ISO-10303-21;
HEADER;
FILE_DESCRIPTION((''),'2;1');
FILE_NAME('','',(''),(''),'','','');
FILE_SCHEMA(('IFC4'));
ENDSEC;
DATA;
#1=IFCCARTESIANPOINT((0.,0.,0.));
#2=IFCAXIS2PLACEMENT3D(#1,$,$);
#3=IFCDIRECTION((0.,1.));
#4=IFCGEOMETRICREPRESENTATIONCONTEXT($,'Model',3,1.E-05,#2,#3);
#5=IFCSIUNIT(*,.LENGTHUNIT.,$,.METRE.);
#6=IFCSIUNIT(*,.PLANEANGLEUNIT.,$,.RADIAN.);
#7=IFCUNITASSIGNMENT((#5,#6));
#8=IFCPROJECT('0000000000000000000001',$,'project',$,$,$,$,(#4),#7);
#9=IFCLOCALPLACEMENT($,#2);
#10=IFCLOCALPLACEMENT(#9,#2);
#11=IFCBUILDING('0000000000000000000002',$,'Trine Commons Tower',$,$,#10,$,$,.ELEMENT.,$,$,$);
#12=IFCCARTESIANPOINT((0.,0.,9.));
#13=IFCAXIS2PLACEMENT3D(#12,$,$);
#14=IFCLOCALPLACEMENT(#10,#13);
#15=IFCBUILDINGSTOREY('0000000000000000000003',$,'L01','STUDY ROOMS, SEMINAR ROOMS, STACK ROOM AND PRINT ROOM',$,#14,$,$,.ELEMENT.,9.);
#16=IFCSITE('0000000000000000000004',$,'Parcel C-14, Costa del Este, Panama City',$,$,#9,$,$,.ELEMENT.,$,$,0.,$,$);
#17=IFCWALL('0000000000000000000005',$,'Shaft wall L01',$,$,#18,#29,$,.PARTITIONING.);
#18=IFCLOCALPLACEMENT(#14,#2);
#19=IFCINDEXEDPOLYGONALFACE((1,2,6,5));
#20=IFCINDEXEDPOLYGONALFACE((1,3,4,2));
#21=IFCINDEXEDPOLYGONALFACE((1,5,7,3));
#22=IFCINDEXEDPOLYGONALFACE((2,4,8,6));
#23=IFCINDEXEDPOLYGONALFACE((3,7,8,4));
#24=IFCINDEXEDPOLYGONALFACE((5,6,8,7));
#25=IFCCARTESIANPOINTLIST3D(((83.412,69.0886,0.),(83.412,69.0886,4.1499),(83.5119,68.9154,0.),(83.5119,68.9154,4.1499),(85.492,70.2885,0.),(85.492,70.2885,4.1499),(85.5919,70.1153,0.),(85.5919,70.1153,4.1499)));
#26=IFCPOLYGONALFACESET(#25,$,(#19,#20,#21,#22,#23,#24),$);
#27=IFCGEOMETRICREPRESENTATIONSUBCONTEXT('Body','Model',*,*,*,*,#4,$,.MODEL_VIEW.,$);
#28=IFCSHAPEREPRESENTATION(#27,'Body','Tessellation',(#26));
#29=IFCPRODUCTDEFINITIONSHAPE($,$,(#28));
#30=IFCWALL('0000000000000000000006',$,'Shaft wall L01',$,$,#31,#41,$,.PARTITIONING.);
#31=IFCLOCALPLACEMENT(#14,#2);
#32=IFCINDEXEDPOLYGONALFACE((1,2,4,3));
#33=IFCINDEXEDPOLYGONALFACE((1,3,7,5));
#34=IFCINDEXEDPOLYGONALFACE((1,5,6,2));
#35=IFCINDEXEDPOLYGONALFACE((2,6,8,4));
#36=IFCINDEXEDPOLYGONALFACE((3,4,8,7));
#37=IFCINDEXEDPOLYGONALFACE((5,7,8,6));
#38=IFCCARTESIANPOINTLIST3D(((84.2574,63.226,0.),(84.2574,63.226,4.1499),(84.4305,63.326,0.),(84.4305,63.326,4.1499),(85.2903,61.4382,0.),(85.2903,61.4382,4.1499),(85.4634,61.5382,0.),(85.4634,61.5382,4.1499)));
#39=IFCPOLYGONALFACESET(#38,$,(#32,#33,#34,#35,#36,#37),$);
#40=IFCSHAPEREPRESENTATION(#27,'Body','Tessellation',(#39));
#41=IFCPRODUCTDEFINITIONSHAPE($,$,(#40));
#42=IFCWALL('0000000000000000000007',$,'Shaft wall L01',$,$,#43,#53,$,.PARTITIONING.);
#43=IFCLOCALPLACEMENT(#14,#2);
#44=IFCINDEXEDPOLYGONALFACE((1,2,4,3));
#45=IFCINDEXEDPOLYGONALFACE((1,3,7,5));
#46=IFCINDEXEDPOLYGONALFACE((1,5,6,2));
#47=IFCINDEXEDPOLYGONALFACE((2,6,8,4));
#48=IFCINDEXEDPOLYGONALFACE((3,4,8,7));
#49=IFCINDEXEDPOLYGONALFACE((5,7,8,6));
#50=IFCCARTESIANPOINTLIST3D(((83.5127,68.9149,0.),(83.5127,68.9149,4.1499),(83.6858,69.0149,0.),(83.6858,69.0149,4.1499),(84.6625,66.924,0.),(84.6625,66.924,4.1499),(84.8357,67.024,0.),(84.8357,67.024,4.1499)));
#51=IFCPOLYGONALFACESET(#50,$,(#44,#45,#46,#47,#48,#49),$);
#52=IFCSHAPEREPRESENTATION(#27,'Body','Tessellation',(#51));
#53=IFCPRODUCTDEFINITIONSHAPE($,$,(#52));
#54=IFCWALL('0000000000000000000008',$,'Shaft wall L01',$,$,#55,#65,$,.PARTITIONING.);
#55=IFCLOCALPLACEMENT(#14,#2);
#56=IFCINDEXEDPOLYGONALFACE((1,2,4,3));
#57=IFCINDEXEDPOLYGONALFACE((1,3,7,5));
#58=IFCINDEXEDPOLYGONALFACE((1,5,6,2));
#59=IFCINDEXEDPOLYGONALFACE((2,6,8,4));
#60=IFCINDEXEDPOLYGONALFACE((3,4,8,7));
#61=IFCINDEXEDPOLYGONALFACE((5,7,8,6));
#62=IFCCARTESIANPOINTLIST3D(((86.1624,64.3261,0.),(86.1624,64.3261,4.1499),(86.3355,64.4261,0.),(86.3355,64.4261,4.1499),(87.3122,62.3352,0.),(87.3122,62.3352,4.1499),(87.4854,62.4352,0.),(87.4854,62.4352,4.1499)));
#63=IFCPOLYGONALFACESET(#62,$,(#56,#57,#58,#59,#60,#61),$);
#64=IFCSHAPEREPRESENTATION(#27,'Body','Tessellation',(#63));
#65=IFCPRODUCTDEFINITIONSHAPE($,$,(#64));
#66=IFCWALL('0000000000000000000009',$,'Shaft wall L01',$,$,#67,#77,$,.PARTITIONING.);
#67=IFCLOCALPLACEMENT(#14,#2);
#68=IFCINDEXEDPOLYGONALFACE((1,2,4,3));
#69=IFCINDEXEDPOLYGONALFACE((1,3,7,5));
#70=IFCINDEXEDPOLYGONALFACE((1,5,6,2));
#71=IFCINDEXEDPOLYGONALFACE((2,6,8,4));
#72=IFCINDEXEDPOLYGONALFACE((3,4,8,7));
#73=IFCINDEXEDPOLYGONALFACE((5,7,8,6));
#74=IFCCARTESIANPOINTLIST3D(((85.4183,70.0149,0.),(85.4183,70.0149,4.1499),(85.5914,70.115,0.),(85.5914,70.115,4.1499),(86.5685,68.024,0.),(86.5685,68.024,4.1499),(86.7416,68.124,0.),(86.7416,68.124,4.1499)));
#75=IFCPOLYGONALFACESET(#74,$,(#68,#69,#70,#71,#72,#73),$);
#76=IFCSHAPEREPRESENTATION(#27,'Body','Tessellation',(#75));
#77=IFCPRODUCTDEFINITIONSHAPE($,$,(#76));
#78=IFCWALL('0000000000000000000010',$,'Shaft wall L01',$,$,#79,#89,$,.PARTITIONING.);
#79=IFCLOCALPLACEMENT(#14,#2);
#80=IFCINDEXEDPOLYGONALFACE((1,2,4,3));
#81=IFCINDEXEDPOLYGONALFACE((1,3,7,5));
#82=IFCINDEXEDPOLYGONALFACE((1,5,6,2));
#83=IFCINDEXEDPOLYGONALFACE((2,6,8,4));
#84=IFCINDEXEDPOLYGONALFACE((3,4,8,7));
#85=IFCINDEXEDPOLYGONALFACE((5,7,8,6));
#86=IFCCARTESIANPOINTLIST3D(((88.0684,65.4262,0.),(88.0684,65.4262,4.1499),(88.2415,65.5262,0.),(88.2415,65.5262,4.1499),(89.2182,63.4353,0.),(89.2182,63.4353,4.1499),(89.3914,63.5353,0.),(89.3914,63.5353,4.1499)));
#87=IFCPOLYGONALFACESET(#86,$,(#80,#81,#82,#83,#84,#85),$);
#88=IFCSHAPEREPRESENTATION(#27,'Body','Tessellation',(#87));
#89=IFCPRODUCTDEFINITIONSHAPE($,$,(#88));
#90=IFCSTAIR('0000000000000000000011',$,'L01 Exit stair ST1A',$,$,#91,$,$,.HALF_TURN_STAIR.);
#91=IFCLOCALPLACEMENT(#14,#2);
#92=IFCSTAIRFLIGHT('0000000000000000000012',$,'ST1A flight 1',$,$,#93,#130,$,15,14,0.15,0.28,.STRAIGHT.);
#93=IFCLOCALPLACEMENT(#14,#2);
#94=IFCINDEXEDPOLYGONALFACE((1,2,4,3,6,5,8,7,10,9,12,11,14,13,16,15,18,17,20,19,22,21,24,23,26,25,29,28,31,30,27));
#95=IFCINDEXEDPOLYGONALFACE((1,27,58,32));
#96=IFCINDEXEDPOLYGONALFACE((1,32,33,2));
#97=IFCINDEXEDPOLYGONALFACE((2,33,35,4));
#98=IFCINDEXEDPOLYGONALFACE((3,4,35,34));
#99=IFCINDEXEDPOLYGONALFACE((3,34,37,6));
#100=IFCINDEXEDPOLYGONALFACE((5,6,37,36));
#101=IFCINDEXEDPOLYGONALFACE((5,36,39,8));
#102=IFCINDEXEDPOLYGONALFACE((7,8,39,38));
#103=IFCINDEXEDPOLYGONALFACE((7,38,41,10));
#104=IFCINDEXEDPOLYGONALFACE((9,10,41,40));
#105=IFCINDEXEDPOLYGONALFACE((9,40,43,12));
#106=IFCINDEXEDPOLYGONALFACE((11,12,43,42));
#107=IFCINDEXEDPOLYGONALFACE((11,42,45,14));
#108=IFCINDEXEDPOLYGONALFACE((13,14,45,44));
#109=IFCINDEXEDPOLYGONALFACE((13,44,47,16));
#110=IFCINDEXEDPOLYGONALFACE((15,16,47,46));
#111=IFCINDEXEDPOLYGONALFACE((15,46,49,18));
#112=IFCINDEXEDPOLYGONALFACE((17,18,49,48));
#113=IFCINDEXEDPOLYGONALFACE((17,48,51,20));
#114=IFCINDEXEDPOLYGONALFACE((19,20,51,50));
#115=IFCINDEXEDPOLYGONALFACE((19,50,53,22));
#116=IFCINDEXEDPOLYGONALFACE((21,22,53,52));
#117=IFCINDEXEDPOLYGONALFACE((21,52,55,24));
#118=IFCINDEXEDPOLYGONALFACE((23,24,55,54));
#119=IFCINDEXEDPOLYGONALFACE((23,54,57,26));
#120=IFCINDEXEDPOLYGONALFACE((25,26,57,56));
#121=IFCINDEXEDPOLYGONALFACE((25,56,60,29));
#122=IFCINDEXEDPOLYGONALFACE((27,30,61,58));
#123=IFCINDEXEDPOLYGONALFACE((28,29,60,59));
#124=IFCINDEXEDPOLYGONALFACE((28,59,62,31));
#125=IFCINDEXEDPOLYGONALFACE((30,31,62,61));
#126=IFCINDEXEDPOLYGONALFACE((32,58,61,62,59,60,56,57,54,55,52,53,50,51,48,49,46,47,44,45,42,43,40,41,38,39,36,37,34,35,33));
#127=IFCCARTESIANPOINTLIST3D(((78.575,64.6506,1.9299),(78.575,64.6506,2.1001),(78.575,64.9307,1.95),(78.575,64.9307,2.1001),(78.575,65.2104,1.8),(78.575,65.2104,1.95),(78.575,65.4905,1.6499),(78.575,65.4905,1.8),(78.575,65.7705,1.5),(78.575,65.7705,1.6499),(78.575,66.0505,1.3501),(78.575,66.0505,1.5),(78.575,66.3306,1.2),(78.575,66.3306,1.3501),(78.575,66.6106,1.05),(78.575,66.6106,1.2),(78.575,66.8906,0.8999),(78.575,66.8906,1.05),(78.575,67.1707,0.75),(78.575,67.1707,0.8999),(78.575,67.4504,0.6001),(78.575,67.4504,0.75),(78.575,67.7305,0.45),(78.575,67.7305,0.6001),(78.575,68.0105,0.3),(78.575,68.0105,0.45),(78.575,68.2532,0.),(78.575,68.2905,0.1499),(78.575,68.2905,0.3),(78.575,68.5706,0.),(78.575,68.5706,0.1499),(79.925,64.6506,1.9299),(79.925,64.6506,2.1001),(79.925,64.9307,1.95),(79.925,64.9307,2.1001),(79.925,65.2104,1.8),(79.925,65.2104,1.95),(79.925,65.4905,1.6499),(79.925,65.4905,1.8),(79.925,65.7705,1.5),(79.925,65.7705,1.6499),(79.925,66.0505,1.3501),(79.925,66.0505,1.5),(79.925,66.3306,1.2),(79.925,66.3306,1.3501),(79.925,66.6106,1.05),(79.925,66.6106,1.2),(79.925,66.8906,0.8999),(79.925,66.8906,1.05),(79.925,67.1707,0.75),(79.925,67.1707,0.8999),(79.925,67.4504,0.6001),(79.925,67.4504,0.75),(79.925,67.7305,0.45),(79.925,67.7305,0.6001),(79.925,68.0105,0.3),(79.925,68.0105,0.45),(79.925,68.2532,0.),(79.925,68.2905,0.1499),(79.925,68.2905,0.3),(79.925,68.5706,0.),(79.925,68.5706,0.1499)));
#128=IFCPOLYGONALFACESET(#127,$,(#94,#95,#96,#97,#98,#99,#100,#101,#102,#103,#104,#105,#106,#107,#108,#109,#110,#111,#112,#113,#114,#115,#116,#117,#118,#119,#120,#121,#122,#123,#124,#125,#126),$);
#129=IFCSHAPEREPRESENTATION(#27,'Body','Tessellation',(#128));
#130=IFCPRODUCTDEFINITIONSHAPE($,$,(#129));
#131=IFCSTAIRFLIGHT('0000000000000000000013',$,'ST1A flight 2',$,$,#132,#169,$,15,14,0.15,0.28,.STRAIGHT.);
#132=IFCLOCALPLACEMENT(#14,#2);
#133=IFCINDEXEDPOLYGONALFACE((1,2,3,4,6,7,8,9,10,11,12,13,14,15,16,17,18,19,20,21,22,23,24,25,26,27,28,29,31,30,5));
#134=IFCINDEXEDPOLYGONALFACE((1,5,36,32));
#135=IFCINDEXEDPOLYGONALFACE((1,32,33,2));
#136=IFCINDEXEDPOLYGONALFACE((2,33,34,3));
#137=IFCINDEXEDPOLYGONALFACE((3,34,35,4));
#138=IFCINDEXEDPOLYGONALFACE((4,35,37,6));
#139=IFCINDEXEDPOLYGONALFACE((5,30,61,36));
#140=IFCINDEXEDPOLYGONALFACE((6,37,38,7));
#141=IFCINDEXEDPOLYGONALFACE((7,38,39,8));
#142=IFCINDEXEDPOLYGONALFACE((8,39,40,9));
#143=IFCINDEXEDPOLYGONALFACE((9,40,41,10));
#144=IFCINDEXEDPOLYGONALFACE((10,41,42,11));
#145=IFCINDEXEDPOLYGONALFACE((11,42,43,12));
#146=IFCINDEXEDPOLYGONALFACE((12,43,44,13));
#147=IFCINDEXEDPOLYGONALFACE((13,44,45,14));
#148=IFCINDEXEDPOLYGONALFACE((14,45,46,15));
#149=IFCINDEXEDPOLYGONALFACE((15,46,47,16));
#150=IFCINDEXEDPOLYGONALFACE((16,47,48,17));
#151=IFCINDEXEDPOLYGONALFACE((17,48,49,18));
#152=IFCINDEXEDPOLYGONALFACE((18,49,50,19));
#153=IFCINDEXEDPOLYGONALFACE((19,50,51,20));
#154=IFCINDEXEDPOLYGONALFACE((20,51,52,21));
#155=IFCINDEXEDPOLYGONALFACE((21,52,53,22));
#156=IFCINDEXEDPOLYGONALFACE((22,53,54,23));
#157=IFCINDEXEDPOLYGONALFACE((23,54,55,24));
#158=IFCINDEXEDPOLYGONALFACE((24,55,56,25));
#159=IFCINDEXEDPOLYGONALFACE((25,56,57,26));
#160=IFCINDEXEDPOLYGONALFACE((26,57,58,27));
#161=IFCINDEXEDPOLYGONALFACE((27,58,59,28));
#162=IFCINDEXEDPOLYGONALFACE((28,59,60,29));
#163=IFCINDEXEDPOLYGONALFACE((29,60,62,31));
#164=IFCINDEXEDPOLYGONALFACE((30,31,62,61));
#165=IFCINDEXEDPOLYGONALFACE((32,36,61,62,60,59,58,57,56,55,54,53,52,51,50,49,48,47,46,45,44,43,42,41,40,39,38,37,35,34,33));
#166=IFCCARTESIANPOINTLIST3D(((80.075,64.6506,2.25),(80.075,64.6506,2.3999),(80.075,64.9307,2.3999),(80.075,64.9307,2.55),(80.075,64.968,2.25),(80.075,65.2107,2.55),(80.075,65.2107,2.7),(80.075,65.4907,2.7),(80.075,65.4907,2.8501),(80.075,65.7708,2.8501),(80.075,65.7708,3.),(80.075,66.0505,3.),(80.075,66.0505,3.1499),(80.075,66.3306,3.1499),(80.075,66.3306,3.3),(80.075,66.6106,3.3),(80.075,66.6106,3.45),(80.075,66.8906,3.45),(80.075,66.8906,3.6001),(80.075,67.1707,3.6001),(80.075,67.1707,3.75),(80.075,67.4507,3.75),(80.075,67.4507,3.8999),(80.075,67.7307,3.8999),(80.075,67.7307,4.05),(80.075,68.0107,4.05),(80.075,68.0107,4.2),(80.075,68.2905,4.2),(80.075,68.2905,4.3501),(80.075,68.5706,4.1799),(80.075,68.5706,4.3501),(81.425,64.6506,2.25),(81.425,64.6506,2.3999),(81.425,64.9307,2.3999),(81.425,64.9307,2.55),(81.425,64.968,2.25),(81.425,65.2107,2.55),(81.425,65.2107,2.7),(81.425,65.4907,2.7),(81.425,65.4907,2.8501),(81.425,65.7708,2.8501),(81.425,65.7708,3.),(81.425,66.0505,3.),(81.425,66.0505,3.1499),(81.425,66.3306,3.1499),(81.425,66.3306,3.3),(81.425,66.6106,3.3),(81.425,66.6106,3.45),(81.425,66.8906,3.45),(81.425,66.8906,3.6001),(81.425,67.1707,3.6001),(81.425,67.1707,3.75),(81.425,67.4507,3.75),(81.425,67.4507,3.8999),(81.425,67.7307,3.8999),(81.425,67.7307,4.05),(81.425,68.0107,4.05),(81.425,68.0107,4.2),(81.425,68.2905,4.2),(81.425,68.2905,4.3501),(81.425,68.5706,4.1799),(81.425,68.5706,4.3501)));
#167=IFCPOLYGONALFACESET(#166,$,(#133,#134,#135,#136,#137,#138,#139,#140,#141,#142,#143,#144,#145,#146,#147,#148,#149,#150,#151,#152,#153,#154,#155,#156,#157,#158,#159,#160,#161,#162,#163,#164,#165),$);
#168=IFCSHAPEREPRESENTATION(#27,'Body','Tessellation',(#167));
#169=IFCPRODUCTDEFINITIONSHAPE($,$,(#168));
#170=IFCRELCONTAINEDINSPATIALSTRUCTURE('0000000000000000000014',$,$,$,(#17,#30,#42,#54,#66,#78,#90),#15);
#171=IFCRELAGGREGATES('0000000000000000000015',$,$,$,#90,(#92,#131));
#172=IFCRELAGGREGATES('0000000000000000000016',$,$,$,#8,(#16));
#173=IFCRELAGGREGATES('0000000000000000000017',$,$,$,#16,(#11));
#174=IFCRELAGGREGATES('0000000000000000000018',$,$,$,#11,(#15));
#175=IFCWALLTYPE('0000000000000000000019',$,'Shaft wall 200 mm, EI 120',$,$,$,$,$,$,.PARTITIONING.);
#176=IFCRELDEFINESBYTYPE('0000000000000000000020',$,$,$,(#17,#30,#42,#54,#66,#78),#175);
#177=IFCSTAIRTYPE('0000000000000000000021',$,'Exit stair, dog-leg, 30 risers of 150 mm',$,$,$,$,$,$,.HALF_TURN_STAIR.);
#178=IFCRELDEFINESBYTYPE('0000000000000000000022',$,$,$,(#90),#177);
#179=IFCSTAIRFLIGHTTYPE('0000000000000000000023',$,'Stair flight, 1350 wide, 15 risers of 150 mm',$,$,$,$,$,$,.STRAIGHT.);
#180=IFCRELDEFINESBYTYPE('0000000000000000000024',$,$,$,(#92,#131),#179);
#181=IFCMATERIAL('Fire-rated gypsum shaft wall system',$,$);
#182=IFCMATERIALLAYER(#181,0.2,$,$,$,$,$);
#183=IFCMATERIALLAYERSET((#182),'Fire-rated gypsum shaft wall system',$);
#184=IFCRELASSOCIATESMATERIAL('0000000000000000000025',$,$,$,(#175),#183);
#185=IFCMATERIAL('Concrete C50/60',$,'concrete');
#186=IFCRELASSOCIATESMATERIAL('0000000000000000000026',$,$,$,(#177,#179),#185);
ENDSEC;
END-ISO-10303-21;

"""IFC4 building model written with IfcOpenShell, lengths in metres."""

from ifc_helpers import new_model, si_unit, direction, frame, frame_2d, origin, place, context, subcontext, project, spatial, polyline, rectangle, outline, extrude, material, layer, layer_set, type_object, element, aggregate, save


model = new_model("IFC4")

# Units and contexts
model_context = context("Model", 3, precision=1e-05, world=origin(), true_north=direction((0.0, 1.0)))
body_context = subcontext(model_context, "Body", "Model", "MODEL_VIEW")
ifc_project = project(units=[si_unit("LENGTHUNIT", "METRE"), si_unit("PLANEANGLEUNIT", "RADIAN")], contexts=[model_context])

# Site, building, storey
site_placement = place(None, origin())
site = spatial("IfcSite", under=ifc_project, at=site_placement, Name="Parcel C-14, Costa del Este, Panama City", CompositionType="ELEMENT", RefElevation=0.0)
building_placement = place(site_placement, origin())
building = spatial("IfcBuilding", under=site, at=building_placement, Name="Trine Commons Tower", CompositionType="ELEMENT")
storey_placement = place(building_placement, frame((0.0, 0.0, 9.0)))
storey = spatial("IfcBuildingStorey", under=building, at=storey_placement, Name="L01", Description="STUDY ROOMS, SEMINAR ROOMS, STACK ROOM AND PRINT ROOM", CompositionType="ELEMENT", Elevation=9.0)

# Shared definitions
ifc_material_1 = material(Name="Fire-rated gypsum shaft wall system")

# Walls
ifc_layer_1 = layer(ifc_material_1, 0.2)
ifc_layer_set_1 = layer_set([ifc_layer_1], Name="Fire-rated gypsum shaft wall system")
wall_type_1 = type_object("IfcWallType", Name="Shaft wall 200 mm, EI 120", PredefinedType="PARTITIONING", material=ifc_layer_set_1)
wall_1_placement = place(storey_placement, frame((83.4619, 69.002, 0.0), z_axis=(0.0, 0.0, 1.0), x_axis=(0.866203, 0.499693, 0.0)))
element("IfcWall", 1, at=wall_1_placement, inside=storey, type_object=wall_type_1, Name="Shaft wall L01", PredefinedType="PARTITIONING", context=body_context, shape_type="SweptSolid", body=[
    extrude(rectangle(XDim=2.4014, YDim=0.2, at=frame_2d((1.2007, 0.0))), origin(), (0.0, 0.0, 1.0), 4.1499),
])
wall_2_placement = place(storey_placement, frame((84.344, 63.2759, 0.0), z_axis=(0.0, 0.0, 1.0), x_axis=(0.500272, -0.865868, 0.0)))
element("IfcWall", 2, at=wall_2_placement, inside=storey, type_object=wall_type_1, Name="Shaft wall L01", PredefinedType="PARTITIONING", context=body_context, shape_type="SweptSolid", body=[
    extrude(rectangle(XDim=2.0647, YDim=0.2, at=frame_2d((1.0322, 0.0))), origin(), (0.0, 0.0, 1.0), 4.1499),
])
for number, where, z_axis, x_axis, name in (
    (3, (84.749, 66.9741, 0.0), (0.0, 0.0, 1.0), (-0.500136, 0.865947, 0.0), "Shaft wall L01"),
    (4, (86.249, 64.376, 0.0), (0.0, 0.0, 1.0), (0.500136, -0.865947, 0.0), "Shaft wall L01"),
):
    element("IfcWall", number, at=place(storey_placement, frame(where, z_axis=z_axis, x_axis=x_axis)), inside=storey, type_object=wall_type_1, Name=name, PredefinedType="PARTITIONING", context=body_context, shape_type="SweptSolid", body=[
        extrude(rectangle(XDim=2.2991, YDim=0.2, at=frame_2d((1.1494, 0.0))), origin(), (0.0, 0.0, 1.0), 4.1499),
    ])
wall_3_placement = place(storey_placement, frame((86.655, 68.074, 0.0), z_axis=(0.0, 0.0, 1.0), x_axis=(-0.500216, 0.865901, 0.0)))
element("IfcWall", 5, at=wall_3_placement, inside=storey, type_object=wall_type_1, Name="Shaft wall L01", PredefinedType="PARTITIONING", context=body_context, shape_type="SweptSolid", body=[
    extrude(rectangle(XDim=2.2993, YDim=0.2, at=frame_2d((1.1497, 0.0))), origin(), (0.0, 0.0, 1.0), 4.1499),
])
wall_4_placement = place(storey_placement, frame((88.155, 65.4761, 0.0), z_axis=(0.0, 0.0, 1.0), x_axis=(0.500136, -0.865947, 0.0)))
element("IfcWall", 6, at=wall_4_placement, inside=storey, type_object=wall_type_1, Name="Shaft wall L01", PredefinedType="PARTITIONING", context=body_context, shape_type="SweptSolid", body=[
    extrude(rectangle(XDim=2.2991, YDim=0.2, at=frame_2d((1.1494, 0.0))), origin(), (0.0, 0.0, 1.0), 4.1499),
])

# Stair, stair flights
ifc_material_2 = material(Name="Concrete C50/60", Category="concrete")
stair_type = type_object("IfcStairType", Name="Exit stair, dog-leg, 30 risers of 150 mm", PredefinedType="HALF_TURN_STAIR", material=ifc_material_2)
stair_placement = place(storey_placement, origin())
stair = element("IfcStair", 7, at=stair_placement, inside=storey, type_object=stair_type, Name="L01 Exit stair ST1A", PredefinedType="HALF_TURN_STAIR")
stair_flight_type = type_object("IfcStairFlightType", Name="Stair flight, 1350 wide, 15 risers of 150 mm", PredefinedType="STRAIGHT", material=ifc_material_2)
stair_flight_1_placement = place(storey_placement, frame((79.25, 68.5706, 0.0), z_axis=(0.0, 0.0, 1.0), x_axis=(0.0, -1.0, 0.0)))
stair_flight_1 = element("IfcStairFlight", 8, at=stair_flight_1_placement, type_object=stair_flight_type, Name="ST1A flight 1", NumberOfRisers=15, NumberOfTreads=14, PredefinedType="STRAIGHT", RiserHeight=0.15, TreadLength=0.28, context=body_context, shape_type="SweptSolid", body=[
    extrude(outline(polyline([(0.0, 0.0), (0.0, 0.1499), (0.28, 0.1499), (0.28, 0.3), (0.5601, 0.3), (0.5601, 0.45), (0.8401, 0.45), (0.8401, 0.6001), (1.1201, 0.6001), (1.1201, 0.75), (1.3999, 0.75), (1.3999, 0.8999), (1.6799, 0.8999), (1.6799, 1.05), (1.96, 1.05), (1.96, 1.2), (2.24, 1.2), (2.24, 1.3501), (2.52, 1.3501), (2.52, 1.5), (2.8, 1.5), (2.8, 1.6499), (3.0801, 1.6499), (3.0801, 1.8), (3.3601, 1.8), (3.3601, 1.95), (3.6399, 1.95), (3.6399, 2.1001), (3.9199, 2.1001), (3.9199, 2.25), (3.9199, 1.9299), (0.3174, 0.0), (0.0, 0.0)])), frame((0.0, 0.675, 0.0), z_axis=(0.0, -1.0, 0.0), x_axis=(1.0, 0.0, 0.0)), (0.0, 0.0, 1.0), 1.3501),
])
stair_flight_2_placement = place(storey_placement, frame((80.75, 64.6506, 2.25), z_axis=(0.0, 0.0, 1.0), x_axis=(0.0, 1.0, 0.0)))
stair_flight_2 = element("IfcStairFlight", 9, at=stair_flight_2_placement, type_object=stair_flight_type, Name="ST1A flight 2", NumberOfRisers=15, NumberOfTreads=14, PredefinedType="STRAIGHT", RiserHeight=0.15, TreadLength=0.28, context=body_context, shape_type="SweptSolid", body=[
    extrude(outline(polyline([(0.0, 0.0), (0.0, 0.1499), (0.28, 0.1499), (0.28, 0.3), (0.5601, 0.3), (0.5601, 0.45), (0.8401, 0.45), (0.8401, 0.6001), (1.1201, 0.6001), (1.1201, 0.75), (1.3999, 0.75), (1.3999, 0.8999), (1.6799, 0.8999), (1.6799, 1.05), (1.96, 1.05), (1.96, 1.2), (2.24, 1.2), (2.24, 1.3501), (2.52, 1.3501), (2.52, 1.5), (2.8, 1.5), (2.8, 1.6499), (3.0801, 1.6499), (3.0801, 1.8), (3.3601, 1.8), (3.3601, 1.95), (3.6399, 1.95), (3.6399, 2.1001), (3.9199, 2.1001), (3.9199, 2.25), (3.9199, 1.9299), (0.3174, 0.0), (0.0, 0.0)])), frame((0.0, 0.675, 0.0), z_axis=(0.0, -1.0, 0.0), x_axis=(1.0, 0.0, 0.0)), (0.0, 0.0, 1.0), 1.3501),
])
aggregate(stair, [stair_flight_1, stair_flight_2])

save(model, "model.ifc")
